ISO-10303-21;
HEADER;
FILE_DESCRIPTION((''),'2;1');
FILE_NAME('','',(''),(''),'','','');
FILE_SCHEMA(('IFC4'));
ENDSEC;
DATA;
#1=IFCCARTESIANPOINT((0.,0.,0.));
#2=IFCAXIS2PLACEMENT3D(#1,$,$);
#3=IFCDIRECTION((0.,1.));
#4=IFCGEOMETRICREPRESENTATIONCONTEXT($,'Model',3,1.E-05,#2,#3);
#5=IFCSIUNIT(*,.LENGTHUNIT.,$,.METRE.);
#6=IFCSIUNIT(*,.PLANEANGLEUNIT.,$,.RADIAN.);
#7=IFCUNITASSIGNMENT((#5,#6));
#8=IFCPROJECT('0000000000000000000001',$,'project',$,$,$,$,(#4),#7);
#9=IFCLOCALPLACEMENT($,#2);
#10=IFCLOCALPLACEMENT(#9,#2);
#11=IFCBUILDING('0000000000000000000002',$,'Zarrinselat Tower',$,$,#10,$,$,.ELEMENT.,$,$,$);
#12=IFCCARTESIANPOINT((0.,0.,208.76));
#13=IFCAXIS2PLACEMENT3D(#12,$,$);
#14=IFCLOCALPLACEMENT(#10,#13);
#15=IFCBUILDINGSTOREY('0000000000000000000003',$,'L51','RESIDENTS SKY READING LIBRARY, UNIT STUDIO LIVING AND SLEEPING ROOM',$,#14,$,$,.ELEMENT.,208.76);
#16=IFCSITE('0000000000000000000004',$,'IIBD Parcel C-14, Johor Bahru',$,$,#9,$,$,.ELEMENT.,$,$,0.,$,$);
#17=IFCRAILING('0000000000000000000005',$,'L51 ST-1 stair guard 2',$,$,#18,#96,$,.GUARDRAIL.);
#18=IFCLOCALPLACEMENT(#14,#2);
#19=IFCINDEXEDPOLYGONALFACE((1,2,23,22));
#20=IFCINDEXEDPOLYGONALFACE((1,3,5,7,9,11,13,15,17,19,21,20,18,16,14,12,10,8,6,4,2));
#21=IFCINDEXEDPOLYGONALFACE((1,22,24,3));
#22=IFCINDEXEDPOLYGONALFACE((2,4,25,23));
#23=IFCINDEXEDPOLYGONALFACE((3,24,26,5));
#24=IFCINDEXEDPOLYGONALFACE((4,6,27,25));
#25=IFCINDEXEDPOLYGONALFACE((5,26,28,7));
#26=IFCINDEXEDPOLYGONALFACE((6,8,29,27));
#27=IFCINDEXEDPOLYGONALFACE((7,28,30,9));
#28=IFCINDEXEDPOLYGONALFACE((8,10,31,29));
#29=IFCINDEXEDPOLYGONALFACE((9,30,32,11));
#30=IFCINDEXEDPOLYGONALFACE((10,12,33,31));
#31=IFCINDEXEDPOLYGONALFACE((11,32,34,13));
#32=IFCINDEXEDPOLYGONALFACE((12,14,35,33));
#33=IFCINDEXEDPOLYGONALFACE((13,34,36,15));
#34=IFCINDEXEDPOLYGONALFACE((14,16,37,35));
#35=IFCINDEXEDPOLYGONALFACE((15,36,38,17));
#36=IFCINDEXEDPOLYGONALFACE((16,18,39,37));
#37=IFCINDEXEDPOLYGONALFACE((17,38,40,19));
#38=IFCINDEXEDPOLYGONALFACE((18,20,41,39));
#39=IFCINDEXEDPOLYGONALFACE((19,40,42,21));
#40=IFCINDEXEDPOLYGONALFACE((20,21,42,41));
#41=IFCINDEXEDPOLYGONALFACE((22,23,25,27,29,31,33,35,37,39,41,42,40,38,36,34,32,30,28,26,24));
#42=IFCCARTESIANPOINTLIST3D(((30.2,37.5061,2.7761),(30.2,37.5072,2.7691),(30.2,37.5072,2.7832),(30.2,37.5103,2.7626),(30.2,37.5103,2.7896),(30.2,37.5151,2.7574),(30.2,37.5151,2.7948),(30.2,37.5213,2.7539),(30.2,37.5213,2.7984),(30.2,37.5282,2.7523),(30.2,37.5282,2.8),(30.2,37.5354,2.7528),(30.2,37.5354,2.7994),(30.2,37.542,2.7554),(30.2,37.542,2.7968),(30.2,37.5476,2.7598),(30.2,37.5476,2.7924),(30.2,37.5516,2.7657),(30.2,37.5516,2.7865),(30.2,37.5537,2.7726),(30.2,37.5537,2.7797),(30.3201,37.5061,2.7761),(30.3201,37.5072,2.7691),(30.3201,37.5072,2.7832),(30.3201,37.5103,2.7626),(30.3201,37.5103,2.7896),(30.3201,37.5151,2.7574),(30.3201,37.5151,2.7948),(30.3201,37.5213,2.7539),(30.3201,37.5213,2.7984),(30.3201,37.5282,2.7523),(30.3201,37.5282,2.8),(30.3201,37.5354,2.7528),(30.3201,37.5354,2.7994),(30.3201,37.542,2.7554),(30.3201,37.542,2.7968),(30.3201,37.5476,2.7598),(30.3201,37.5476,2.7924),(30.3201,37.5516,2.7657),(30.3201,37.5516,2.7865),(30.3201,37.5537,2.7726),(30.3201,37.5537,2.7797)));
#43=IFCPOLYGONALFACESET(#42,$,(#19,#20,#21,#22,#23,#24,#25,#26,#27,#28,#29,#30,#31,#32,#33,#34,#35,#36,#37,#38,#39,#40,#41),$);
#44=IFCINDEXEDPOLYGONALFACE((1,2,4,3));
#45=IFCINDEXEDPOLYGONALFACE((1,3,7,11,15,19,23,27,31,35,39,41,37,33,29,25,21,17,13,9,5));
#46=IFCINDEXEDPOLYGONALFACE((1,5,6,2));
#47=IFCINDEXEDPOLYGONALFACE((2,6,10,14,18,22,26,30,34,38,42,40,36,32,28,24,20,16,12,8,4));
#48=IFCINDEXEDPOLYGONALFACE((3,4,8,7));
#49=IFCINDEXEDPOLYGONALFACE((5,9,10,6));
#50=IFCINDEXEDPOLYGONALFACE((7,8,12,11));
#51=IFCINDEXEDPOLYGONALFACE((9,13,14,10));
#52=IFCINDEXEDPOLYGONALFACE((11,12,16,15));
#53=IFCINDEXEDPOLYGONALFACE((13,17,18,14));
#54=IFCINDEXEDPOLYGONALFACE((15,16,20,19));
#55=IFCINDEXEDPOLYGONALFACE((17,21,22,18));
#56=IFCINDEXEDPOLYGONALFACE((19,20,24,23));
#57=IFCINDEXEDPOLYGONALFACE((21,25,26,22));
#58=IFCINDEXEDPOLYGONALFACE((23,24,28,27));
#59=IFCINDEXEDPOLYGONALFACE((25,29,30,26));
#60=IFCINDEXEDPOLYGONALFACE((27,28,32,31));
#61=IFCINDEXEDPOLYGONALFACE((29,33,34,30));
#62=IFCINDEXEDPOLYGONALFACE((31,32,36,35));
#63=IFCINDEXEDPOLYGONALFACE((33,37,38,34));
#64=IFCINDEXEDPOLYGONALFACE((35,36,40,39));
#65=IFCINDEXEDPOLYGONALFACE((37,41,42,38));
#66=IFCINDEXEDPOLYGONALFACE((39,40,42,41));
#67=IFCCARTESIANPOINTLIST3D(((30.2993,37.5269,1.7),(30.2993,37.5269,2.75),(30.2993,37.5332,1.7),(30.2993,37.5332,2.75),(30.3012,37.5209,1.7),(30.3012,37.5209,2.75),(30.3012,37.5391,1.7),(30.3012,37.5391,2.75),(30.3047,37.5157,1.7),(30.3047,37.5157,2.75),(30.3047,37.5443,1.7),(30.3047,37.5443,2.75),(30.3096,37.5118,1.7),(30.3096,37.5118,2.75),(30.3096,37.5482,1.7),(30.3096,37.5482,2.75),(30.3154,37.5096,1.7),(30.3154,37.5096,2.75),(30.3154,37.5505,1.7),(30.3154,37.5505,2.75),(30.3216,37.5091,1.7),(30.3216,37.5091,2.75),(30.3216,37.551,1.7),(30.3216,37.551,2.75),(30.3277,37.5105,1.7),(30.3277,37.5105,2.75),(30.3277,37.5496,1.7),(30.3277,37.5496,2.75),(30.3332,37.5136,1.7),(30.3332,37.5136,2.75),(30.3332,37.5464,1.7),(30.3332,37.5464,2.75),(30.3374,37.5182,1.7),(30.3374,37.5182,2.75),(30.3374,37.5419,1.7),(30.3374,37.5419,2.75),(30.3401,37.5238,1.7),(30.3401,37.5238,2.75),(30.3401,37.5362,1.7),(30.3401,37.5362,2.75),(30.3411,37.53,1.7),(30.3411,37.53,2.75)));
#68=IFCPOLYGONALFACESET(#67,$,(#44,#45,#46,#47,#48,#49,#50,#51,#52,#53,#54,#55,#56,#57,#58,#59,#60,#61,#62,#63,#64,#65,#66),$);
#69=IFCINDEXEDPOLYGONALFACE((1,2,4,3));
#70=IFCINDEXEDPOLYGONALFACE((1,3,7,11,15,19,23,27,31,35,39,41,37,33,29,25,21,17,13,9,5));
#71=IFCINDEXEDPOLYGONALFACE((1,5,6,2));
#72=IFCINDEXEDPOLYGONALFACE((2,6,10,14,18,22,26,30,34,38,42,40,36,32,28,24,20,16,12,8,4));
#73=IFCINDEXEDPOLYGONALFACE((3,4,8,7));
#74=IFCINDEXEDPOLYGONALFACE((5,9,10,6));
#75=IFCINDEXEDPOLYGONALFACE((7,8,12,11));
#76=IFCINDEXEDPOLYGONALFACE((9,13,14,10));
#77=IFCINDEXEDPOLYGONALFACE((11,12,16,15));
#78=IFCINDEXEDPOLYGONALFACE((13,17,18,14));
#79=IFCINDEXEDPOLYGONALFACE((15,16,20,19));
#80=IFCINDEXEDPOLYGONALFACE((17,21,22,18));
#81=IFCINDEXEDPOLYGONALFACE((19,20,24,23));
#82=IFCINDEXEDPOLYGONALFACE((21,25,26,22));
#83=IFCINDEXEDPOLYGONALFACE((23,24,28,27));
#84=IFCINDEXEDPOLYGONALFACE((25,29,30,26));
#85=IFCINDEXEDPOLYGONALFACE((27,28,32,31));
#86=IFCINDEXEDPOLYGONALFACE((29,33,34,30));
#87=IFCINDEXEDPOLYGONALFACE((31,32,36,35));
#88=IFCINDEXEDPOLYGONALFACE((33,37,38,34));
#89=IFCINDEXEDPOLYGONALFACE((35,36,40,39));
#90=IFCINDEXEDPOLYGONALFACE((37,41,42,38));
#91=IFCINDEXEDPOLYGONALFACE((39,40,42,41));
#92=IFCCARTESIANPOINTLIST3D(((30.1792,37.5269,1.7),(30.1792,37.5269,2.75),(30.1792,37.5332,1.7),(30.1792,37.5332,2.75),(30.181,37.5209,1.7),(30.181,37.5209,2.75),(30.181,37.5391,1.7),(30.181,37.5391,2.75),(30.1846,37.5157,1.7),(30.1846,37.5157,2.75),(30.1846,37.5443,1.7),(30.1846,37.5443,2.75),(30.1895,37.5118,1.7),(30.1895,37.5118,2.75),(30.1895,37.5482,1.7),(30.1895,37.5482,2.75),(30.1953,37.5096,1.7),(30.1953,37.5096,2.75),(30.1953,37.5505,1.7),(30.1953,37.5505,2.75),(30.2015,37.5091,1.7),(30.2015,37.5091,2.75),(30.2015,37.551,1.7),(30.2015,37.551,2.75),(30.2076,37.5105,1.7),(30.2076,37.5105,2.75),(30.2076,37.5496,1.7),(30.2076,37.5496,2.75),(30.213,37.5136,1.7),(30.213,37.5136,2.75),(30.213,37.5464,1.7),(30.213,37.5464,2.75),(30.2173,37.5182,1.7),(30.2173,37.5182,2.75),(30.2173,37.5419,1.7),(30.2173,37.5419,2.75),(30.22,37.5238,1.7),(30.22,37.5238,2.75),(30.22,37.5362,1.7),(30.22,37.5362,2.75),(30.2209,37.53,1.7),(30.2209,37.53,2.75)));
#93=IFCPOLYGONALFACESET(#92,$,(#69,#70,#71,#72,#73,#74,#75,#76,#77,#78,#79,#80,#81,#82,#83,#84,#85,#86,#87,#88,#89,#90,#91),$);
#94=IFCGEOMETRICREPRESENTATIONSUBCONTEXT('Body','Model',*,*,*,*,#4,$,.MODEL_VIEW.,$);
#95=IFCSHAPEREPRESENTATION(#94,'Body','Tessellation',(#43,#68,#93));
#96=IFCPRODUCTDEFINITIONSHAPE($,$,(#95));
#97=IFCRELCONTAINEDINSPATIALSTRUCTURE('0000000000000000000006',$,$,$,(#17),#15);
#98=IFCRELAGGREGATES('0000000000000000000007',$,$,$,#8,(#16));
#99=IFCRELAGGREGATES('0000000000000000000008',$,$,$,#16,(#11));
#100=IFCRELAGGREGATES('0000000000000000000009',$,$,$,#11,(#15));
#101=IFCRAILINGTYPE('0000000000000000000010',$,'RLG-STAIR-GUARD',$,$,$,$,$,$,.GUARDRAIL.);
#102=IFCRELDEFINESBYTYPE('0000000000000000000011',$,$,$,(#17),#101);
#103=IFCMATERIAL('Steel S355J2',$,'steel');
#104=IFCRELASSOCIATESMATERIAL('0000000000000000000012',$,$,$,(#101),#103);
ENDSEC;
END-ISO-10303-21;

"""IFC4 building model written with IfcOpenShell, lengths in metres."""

from ifc_helpers import new_model, si_unit, direction, frame, origin, origin_2d, place, context, subcontext, project, spatial, circle, extrude, material, type_object, element, save


model = new_model("IFC4")

# Units and contexts
model_context = context("Model", 3, precision=1e-05, world=origin(), true_north=direction((0.0, 1.0)))
body_context = subcontext(model_context, "Body", "Model", "MODEL_VIEW")
ifc_project = project(units=[si_unit("LENGTHUNIT", "METRE"), si_unit("PLANEANGLEUNIT", "RADIAN")], contexts=[model_context])

# Site, building, storey
site_placement = place(None, origin())
site = spatial("IfcSite", under=ifc_project, at=site_placement, Name="IIBD Parcel C-14, Johor Bahru", CompositionType="ELEMENT", RefElevation=0.0)
building_placement = place(site_placement, origin())
building = spatial("IfcBuilding", under=site, at=building_placement, Name="Zarrinselat Tower", CompositionType="ELEMENT")
storey_placement = place(building_placement, frame((0.0, 0.0, 208.76)))
storey = spatial("IfcBuildingStorey", under=building, at=storey_placement, Name="L51", Description="RESIDENTS SKY READING LIBRARY, UNIT STUDIO LIVING AND SLEEPING ROOM", CompositionType="ELEMENT", Elevation=208.76)

# Railing
ifc_material_1 = material(Name="Steel S355J2", Category="steel")
railing_type_1 = type_object("IfcRailingType", Name="RLG-STAIR-GUARD", PredefinedType="GUARDRAIL", material=ifc_material_1)
railing_1_placement = place(storey_placement, frame((30.3201, 37.53, 1.7)))
element("IfcRailing", 1, at=railing_1_placement, inside=storey, type_object=railing_type_1, Name="L51 ST-1 stair guard 2", PredefinedType="GUARDRAIL", context=body_context, shape_type="SweptSolid", body=[
    extrude(circle(Radius=0.0239, at=origin_2d()), frame((0.0, 0.0, 1.0762), z_axis=(-1.0, 0.0, 0.0), x_axis=(0.0, -1.0, 0.0)), (0.0, 0.0, 1.0), 0.1201),
    extrude(circle(Radius=0.021, at=origin_2d()), origin(), (0.0, 0.0, 1.0), 1.05),
    extrude(circle(Radius=0.021, at=origin_2d()), frame((-0.1201, 0.0, 0.0)), (0.0, 0.0, 1.0), 1.05),
])

save(model, "model.ifc")
